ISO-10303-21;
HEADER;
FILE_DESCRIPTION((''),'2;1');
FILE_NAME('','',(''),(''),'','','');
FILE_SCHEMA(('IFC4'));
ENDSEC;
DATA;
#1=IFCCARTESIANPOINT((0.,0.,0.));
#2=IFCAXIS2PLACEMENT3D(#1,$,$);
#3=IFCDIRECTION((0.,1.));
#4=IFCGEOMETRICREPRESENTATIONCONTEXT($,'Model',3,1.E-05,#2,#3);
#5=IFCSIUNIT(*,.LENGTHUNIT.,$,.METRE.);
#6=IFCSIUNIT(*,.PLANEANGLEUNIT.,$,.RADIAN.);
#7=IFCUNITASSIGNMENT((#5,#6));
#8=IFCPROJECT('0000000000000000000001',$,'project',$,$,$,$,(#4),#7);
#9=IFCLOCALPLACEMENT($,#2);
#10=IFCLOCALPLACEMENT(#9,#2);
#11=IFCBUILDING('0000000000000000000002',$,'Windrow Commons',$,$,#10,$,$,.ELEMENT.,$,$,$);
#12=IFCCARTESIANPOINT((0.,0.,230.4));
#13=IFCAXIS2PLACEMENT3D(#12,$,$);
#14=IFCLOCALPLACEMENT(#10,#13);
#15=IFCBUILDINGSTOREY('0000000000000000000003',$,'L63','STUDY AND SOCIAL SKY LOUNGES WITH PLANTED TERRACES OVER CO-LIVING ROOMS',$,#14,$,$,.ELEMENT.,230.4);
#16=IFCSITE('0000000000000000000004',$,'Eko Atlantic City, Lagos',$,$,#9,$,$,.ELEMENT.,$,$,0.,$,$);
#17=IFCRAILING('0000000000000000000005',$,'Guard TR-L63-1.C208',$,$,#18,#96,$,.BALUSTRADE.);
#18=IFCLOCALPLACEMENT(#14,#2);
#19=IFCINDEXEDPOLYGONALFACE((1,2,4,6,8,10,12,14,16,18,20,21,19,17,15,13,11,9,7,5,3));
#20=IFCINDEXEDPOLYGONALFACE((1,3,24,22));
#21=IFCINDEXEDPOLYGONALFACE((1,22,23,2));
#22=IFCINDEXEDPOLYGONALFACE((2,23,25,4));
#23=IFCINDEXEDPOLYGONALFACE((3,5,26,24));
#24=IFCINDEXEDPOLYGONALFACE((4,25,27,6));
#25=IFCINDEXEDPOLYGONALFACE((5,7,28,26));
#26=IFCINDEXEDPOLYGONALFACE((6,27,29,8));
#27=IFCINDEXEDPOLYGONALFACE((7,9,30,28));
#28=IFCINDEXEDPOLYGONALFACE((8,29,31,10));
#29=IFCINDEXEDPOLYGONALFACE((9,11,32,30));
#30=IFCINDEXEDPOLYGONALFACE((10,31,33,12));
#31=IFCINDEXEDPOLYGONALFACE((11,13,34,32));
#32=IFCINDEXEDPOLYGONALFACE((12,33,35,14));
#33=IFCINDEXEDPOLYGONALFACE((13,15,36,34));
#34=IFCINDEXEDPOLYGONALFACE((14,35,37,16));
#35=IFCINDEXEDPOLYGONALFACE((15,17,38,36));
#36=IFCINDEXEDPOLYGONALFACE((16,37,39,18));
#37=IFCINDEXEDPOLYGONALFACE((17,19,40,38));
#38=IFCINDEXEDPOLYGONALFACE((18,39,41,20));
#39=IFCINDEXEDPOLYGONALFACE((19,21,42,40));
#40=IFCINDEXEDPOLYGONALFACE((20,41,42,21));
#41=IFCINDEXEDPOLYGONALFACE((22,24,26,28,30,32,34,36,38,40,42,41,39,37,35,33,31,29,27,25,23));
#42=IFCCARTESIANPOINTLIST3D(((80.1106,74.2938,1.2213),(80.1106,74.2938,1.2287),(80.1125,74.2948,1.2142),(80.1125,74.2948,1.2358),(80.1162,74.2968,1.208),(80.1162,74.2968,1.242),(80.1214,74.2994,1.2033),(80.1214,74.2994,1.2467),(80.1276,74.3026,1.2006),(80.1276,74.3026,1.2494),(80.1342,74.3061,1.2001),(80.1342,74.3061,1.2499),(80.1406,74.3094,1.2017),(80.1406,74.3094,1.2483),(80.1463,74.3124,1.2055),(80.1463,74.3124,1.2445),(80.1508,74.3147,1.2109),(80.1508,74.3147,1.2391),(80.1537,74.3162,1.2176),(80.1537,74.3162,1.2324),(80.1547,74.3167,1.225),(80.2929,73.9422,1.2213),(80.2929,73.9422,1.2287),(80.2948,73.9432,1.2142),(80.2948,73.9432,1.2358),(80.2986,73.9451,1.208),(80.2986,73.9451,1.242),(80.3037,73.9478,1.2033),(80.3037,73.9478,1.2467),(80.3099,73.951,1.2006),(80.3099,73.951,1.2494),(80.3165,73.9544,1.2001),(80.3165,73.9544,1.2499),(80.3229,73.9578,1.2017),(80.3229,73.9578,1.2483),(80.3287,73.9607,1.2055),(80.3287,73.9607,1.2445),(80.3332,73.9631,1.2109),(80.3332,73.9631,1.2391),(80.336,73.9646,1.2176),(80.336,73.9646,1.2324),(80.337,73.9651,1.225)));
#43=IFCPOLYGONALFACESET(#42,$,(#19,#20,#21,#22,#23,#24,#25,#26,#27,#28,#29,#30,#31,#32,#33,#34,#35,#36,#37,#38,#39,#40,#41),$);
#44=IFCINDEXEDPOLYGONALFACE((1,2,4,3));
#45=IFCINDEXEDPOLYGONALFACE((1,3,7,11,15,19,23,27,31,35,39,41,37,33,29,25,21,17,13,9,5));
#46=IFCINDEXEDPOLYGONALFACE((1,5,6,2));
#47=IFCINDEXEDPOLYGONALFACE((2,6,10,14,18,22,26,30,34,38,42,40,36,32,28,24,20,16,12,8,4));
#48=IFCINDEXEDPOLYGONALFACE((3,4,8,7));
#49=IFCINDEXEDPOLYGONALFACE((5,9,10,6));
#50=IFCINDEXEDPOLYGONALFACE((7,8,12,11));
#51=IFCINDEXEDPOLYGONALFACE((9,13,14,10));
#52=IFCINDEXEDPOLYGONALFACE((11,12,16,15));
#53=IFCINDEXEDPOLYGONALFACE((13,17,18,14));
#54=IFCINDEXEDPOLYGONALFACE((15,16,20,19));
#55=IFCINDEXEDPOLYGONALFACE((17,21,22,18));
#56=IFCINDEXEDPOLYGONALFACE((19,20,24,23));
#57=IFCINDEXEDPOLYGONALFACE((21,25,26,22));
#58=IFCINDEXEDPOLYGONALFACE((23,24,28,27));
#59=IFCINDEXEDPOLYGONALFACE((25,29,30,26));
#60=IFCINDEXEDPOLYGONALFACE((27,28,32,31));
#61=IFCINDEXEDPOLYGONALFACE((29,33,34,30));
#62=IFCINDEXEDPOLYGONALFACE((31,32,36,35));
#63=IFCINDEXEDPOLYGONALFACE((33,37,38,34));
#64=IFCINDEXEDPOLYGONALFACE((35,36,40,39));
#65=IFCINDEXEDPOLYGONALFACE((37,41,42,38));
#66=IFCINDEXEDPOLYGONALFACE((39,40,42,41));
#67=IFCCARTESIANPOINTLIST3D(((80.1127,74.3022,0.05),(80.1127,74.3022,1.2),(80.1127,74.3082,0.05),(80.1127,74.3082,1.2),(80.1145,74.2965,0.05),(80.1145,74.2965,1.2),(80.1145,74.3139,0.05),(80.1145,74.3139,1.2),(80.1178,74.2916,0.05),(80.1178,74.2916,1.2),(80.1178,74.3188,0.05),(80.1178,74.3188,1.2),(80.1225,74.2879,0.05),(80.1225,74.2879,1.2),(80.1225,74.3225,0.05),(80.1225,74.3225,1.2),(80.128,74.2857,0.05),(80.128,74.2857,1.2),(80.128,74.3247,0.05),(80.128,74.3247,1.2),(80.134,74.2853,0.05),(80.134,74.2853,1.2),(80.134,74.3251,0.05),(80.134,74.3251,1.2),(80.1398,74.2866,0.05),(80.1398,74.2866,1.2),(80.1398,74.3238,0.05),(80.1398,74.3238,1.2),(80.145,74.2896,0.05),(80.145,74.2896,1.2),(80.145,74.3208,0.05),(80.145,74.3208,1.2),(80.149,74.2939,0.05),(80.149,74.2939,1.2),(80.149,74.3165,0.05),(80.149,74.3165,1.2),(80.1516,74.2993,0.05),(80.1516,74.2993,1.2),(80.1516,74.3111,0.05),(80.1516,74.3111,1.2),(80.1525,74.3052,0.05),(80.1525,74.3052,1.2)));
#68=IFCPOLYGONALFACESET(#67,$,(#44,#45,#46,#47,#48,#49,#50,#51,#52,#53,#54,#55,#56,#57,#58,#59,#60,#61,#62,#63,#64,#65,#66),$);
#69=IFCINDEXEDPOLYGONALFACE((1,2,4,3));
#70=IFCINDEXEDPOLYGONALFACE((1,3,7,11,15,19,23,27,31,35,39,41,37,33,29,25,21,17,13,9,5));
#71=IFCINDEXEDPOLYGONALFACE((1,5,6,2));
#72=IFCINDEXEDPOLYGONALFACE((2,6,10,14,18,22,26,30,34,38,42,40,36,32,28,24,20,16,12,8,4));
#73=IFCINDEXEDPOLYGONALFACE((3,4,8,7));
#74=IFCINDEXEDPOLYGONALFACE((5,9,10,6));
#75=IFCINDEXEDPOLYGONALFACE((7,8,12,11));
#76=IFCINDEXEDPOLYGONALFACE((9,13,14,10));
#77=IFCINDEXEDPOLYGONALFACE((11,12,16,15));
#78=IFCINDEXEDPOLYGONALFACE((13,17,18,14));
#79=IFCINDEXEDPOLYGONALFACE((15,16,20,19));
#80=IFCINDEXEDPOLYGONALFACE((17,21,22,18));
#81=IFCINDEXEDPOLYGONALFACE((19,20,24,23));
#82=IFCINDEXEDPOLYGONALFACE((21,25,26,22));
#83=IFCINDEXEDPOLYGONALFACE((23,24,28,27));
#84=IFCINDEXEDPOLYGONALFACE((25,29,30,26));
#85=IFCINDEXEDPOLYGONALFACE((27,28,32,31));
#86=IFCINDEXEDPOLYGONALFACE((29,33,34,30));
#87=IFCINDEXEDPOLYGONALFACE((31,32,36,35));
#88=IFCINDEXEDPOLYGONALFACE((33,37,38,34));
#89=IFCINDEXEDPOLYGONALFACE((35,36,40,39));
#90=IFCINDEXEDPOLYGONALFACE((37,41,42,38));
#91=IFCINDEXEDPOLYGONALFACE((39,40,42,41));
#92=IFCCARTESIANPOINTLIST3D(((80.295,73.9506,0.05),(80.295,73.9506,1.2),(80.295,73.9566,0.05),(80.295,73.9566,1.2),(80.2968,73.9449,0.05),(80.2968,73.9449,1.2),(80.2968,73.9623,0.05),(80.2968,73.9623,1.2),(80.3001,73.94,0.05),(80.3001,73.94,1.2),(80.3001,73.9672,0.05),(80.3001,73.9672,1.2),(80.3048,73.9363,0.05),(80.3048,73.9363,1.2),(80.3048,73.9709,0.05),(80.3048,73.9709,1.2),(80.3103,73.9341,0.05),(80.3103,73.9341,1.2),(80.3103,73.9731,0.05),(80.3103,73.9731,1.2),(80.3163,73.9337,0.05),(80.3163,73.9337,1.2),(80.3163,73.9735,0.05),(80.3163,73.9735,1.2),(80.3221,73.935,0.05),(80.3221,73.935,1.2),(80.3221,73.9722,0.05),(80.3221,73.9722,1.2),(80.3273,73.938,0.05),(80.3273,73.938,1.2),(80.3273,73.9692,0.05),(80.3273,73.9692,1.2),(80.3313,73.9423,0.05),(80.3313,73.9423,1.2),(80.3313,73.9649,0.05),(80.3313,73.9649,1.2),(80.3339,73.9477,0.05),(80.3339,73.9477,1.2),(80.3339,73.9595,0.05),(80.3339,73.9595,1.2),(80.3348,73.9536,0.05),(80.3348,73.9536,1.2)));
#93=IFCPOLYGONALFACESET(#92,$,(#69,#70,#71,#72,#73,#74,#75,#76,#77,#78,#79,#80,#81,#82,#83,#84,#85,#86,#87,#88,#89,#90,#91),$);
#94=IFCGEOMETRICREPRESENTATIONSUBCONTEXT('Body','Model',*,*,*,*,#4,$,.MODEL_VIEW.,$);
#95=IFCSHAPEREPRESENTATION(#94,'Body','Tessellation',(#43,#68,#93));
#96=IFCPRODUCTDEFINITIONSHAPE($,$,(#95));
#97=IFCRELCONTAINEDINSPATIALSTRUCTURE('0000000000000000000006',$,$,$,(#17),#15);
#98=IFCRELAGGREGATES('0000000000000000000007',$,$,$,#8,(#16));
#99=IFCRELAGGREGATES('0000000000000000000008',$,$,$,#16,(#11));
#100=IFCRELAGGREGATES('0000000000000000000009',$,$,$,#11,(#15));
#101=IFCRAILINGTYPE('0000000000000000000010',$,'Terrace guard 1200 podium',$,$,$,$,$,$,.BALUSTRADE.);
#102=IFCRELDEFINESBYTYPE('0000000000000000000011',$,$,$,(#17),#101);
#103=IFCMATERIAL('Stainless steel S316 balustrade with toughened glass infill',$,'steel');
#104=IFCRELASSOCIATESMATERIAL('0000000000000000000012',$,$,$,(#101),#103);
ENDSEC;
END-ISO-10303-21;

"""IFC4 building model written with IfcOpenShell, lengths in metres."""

from ifc_helpers import new_model, si_unit, direction, frame, origin, origin_2d, place, context, subcontext, project, spatial, circle, extrude, material, type_object, element, save


model = new_model("IFC4")

# Units and contexts
model_context = context("Model", 3, precision=1e-05, world=origin(), true_north=direction((0.0, 1.0)))
body_context = subcontext(model_context, "Body", "Model", "MODEL_VIEW")
ifc_project = project(units=[si_unit("LENGTHUNIT", "METRE"), si_unit("PLANEANGLEUNIT", "RADIAN")], contexts=[model_context])

# Site, building, storey
site_placement = place(None, origin())
site = spatial("IfcSite", under=ifc_project, at=site_placement, Name="Eko Atlantic City, Lagos", CompositionType="ELEMENT", RefElevation=0.0)
building_placement = place(site_placement, origin())
building = spatial("IfcBuilding", under=site, at=building_placement, Name="Windrow Commons", CompositionType="ELEMENT")
storey_placement = place(building_placement, frame((0.0, 0.0, 230.4)))
storey = spatial("IfcBuildingStorey", under=building, at=storey_placement, Name="L63", Description="STUDY AND SOCIAL SKY LOUNGES WITH PLANTED TERRACES OVER CO-LIVING ROOMS", CompositionType="ELEMENT", Elevation=230.4)

# Railing
ifc_material_1 = material(Name="Stainless steel S316 balustrade with toughened glass infill", Category="steel")
railing_type_1 = type_object("IfcRailingType", Name="Terrace guard 1200 podium", PredefinedType="BALUSTRADE", material=ifc_material_1)
railing_1_placement = place(storey_placement, frame((80.1325, 74.3052, 0.05)))
element("IfcRailing", 1, at=railing_1_placement, inside=storey, type_object=railing_type_1, Name="Guard TR-L63-1.C208", PredefinedType="BALUSTRADE", context=body_context, shape_type="SweptSolid", body=[
    extrude(circle(Radius=0.025, at=origin_2d()), frame((0.0, 0.0, 1.175), z_axis=(0.460295, -0.887766, 0.0), x_axis=(0.887766, 0.460295, 0.0)), (0.0, 0.0, 1.0), 0.3961),
    extrude(circle(Radius=0.02, at=origin_2d()), origin(), (0.0, 0.0, 1.0), 1.15),
    extrude(circle(Radius=0.02, at=origin_2d()), frame((0.1823, -0.3516, 0.0)), (0.0, 0.0, 1.0), 1.15),
])

save(model, "model.ifc")
